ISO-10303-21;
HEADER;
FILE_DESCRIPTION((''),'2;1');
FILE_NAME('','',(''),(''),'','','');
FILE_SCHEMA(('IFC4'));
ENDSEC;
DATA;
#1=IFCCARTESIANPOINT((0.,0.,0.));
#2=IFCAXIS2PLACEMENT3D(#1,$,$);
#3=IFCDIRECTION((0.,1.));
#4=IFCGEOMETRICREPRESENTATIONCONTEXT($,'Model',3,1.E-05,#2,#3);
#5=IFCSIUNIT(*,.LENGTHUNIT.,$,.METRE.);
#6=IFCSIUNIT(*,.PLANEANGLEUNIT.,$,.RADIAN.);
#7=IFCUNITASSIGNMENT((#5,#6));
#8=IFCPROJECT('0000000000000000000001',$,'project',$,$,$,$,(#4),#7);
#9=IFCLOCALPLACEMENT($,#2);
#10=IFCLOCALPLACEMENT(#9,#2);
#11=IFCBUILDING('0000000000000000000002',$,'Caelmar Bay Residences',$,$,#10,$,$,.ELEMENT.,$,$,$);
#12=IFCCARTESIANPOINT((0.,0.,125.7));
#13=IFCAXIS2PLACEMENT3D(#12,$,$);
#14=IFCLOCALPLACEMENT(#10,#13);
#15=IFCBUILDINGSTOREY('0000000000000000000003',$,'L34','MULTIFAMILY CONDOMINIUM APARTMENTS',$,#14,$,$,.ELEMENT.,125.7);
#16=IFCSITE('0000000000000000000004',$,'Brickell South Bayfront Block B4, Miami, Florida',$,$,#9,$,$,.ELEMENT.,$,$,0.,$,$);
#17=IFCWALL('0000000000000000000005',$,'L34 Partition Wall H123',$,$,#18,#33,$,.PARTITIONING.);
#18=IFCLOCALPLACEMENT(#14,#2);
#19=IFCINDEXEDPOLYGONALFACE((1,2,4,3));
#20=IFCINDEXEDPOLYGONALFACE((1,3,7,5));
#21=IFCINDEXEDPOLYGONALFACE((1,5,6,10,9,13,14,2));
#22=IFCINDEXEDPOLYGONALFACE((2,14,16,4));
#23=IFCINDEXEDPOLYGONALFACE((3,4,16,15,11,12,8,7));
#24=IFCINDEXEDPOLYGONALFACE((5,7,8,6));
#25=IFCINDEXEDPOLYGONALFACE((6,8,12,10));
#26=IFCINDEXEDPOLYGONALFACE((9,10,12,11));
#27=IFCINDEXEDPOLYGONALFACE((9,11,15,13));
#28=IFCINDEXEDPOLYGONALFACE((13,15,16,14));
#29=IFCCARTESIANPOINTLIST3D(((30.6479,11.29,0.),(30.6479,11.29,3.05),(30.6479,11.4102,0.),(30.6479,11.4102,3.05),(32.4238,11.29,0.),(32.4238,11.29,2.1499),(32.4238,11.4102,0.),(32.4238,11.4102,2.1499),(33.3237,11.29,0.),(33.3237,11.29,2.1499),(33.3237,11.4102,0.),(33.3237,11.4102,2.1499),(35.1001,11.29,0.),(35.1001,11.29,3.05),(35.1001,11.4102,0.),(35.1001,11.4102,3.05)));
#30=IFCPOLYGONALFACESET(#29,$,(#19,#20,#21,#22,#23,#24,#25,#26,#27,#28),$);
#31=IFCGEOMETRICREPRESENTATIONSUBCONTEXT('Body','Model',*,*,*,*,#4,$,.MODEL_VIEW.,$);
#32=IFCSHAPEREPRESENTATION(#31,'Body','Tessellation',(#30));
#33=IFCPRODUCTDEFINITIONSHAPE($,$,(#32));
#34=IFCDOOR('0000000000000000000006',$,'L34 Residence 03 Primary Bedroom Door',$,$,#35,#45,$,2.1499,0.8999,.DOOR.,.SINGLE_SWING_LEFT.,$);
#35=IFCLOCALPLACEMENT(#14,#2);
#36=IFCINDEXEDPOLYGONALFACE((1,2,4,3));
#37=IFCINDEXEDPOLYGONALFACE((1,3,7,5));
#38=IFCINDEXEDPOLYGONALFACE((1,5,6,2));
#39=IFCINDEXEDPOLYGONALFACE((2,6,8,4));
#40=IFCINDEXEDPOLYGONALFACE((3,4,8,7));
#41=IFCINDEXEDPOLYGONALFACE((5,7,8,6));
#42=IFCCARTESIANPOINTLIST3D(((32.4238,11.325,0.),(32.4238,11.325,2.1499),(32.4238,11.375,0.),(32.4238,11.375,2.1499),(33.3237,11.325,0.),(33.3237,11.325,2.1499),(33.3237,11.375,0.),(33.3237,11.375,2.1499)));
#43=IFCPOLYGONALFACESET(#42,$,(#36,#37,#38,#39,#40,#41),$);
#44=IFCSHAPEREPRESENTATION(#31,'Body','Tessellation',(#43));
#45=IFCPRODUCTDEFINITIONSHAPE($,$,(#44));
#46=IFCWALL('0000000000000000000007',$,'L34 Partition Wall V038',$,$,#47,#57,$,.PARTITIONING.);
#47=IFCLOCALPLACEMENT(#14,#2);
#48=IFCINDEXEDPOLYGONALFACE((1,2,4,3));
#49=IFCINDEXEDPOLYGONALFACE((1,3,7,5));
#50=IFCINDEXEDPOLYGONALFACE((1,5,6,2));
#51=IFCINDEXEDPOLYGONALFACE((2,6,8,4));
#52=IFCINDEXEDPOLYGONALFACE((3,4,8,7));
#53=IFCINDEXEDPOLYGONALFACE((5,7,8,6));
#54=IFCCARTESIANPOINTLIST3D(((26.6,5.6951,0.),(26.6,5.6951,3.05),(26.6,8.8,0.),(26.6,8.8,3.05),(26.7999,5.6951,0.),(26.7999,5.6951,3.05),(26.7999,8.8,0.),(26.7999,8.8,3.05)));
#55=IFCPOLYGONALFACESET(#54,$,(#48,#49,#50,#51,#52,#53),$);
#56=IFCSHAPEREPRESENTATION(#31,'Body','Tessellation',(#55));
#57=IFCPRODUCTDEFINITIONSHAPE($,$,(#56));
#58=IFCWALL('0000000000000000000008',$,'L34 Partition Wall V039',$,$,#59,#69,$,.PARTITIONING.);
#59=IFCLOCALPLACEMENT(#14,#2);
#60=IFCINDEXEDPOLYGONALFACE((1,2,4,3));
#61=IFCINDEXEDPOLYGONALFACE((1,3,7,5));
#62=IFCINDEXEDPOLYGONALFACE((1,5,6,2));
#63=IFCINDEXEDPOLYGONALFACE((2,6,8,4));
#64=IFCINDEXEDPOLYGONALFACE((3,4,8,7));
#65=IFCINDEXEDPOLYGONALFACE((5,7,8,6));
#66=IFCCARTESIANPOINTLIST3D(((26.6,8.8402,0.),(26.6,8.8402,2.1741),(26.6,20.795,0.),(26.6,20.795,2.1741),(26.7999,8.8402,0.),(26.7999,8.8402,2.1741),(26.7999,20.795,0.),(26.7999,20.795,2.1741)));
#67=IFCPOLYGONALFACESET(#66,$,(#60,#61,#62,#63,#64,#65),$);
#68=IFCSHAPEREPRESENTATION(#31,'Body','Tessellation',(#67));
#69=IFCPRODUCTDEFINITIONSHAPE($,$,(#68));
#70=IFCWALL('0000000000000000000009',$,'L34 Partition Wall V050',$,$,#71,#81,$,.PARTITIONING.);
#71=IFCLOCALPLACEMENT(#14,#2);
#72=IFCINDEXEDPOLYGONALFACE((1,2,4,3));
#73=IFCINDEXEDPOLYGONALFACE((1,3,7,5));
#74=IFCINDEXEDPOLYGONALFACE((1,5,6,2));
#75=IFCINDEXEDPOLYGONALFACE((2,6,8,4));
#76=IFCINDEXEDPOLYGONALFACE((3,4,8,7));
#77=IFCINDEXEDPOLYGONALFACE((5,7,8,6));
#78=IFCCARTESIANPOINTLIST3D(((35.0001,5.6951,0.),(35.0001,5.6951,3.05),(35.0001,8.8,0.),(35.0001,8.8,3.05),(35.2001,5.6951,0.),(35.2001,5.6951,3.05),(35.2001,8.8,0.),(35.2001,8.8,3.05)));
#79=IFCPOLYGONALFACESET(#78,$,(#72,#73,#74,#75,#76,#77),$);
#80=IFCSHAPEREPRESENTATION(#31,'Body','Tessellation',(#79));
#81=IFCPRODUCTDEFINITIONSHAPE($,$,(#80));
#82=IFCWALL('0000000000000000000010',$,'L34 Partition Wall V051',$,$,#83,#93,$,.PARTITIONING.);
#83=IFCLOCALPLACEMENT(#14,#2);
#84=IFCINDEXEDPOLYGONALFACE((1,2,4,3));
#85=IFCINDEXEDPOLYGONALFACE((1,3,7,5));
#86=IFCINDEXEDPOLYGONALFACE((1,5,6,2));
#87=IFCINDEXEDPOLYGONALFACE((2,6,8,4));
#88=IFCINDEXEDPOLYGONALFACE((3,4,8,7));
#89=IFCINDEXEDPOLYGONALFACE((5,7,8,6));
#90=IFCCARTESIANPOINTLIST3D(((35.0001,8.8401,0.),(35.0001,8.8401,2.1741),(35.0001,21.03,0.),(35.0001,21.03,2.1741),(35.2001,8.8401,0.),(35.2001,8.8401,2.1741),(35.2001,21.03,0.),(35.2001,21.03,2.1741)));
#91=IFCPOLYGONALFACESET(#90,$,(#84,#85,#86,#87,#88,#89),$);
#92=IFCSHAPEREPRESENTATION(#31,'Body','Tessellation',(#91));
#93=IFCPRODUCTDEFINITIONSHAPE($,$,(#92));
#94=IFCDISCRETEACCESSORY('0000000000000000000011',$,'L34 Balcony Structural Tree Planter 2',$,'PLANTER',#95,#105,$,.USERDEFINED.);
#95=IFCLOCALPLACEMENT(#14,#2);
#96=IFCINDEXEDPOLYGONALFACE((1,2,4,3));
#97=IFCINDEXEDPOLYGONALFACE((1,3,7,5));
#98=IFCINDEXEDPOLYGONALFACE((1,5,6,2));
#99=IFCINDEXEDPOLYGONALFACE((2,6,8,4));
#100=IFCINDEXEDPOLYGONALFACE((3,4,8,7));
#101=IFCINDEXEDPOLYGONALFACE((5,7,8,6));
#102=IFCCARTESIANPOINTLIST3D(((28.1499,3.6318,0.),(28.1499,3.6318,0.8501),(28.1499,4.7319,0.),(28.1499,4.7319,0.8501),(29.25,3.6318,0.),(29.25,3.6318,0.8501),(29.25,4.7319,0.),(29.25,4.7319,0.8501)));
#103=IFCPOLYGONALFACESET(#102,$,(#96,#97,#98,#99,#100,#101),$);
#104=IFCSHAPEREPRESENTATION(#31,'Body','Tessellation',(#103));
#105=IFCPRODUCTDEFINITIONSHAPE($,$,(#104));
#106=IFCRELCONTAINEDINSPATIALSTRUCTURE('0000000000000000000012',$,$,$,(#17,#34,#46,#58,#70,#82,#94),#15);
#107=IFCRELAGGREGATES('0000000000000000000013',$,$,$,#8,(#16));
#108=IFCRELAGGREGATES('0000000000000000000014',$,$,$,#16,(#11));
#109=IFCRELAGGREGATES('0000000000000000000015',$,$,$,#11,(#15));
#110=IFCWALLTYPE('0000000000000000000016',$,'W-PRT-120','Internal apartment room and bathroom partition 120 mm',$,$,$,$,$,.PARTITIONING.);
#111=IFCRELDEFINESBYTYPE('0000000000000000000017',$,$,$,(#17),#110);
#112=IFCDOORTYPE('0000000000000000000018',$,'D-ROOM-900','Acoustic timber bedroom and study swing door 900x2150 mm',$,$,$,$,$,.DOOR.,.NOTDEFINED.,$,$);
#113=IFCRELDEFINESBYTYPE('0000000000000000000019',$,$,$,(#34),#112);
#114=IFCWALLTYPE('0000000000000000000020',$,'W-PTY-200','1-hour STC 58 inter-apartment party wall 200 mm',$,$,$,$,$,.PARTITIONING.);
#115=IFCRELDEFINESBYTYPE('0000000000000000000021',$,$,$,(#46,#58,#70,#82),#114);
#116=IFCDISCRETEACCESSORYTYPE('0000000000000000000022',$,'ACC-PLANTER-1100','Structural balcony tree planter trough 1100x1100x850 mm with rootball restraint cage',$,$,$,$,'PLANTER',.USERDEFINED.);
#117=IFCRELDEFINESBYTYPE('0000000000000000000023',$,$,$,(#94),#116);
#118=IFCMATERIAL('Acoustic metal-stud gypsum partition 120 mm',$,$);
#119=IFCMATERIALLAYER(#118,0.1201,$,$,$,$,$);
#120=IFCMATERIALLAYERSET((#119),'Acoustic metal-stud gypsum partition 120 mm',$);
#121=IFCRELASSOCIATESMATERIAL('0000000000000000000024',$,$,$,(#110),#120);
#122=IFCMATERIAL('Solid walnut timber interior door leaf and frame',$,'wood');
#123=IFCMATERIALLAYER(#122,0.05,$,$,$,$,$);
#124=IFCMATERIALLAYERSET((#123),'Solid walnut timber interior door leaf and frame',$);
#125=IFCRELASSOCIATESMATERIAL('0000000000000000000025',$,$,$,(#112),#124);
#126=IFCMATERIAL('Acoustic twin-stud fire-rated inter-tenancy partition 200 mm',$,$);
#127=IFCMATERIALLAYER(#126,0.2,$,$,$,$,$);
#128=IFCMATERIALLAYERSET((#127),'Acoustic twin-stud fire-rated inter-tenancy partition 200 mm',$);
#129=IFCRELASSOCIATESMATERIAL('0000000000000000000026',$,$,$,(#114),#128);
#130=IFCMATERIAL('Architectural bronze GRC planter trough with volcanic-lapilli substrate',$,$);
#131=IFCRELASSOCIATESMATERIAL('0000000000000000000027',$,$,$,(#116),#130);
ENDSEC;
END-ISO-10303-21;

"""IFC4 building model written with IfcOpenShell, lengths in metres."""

from ifc_helpers import new_model, si_unit, direction, frame, frame_2d, origin, origin_2d, place, context, subcontext, project, spatial, rectangle, extrude, material, layer, layer_set, type_object, element, fill, save


model = new_model("IFC4")

# Units and contexts
model_context = context("Model", 3, precision=1e-05, world=origin(), true_north=direction((0.0, 1.0)))
body_context = subcontext(model_context, "Body", "Model", "MODEL_VIEW")
ifc_project = project(units=[si_unit("LENGTHUNIT", "METRE"), si_unit("PLANEANGLEUNIT", "RADIAN")], contexts=[model_context])

# Site, building, storey
site_placement = place(None, origin())
site = spatial("IfcSite", under=ifc_project, at=site_placement, Name="Brickell South Bayfront Block B4, Miami, Florida", CompositionType="ELEMENT", RefElevation=0.0)
building_placement = place(site_placement, origin())
building = spatial("IfcBuilding", under=site, at=building_placement, Name="Caelmar Bay Residences", CompositionType="ELEMENT")
storey_placement = place(building_placement, frame((0.0, 0.0, 125.7)))
storey = spatial("IfcBuildingStorey", under=building, at=storey_placement, Name="L34", Description="MULTIFAMILY CONDOMINIUM APARTMENTS", CompositionType="ELEMENT", Elevation=125.7)

# Shared definitions
ifc_material_1 = material(Name="Acoustic metal-stud gypsum partition 120 mm")
ifc_layer_1 = layer(ifc_material_1, 0.1201)
ifc_layer_set_1 = layer_set([ifc_layer_1], Name="Acoustic metal-stud gypsum partition 120 mm")
wall_type_1 = type_object("IfcWallType", Name="W-PRT-120", Description="Internal apartment room and bathroom partition 120 mm", PredefinedType="PARTITIONING", material=ifc_layer_set_1)

# Wall, opening, door
ifc_material_2 = material(Name="Solid walnut timber interior door leaf and frame", Category="wood")
ifc_layer_2 = layer(ifc_material_2, 0.05)
ifc_layer_set_2 = layer_set([ifc_layer_2], Name="Solid walnut timber interior door leaf and frame")
door_type = type_object("IfcDoorType", Name="D-ROOM-900", Description="Acoustic timber bedroom and study swing door 900x2150 mm", OperationType="NOTDEFINED", PredefinedType="DOOR", material=ifc_layer_set_2)
wall_1_placement = place(storey_placement, frame((30.6479, 11.3501, 0.0), z_axis=(0.0, 0.0, 1.0), x_axis=(1.0, 0.0, 0.0)))
wall_1 = element("IfcWall", 1, at=wall_1_placement, inside=storey, type_object=wall_type_1, Name="L34 Partition Wall H123", PredefinedType="PARTITIONING", context=body_context, shape_type="SweptSolid", body=[
    extrude(rectangle(XDim=4.4521, YDim=0.1201, at=frame_2d((2.2261, 0.0))), origin(), (0.0, 0.0, 1.0), 3.05),
])
opening_1_placement = place(wall_1_placement, frame((1.7759, 0.0, 0.0)))
opening_1 = element("IfcOpeningElement", 2, at=opening_1_placement, cuts=wall_1, PredefinedType="OPENING", context=body_context, shape_type="SweptSolid", body=[
    extrude(rectangle(XDim=0.8999, YDim=2.1499, at=frame_2d((0.45, 1.075))), frame((0.0, 0.0701, 0.0), z_axis=(0.0, -1.0, 0.0), x_axis=(1.0, 0.0, 0.0)), (0.0, 0.0, 1.0), 0.1401),
])
door_1_placement = place(opening_1_placement, origin())
door_1 = element("IfcDoor", 3, at=door_1_placement, inside=storey, type_object=door_type, Name="L34 Residence 03 Primary Bedroom Door", OperationType="SINGLE_SWING_LEFT", OverallHeight=2.1499, OverallWidth=0.8999, PredefinedType="DOOR", context=body_context, shape_type="SweptSolid", body=[
    extrude(rectangle(XDim=0.8999, YDim=2.1499, at=frame_2d((0.45, 1.075))), frame((0.0, 0.0249, 0.0), z_axis=(0.0, -1.0, 0.0), x_axis=(1.0, 0.0, 0.0)), (0.0, 0.0, 1.0), 0.05),
])
fill(opening_1, door_1)

# Walls
ifc_material_3 = material(Name="Acoustic twin-stud fire-rated inter-tenancy partition 200 mm")
ifc_layer_3 = layer(ifc_material_3, 0.2)
ifc_layer_set_3 = layer_set([ifc_layer_3], Name="Acoustic twin-stud fire-rated inter-tenancy partition 200 mm")
wall_type_2 = type_object("IfcWallType", Name="W-PTY-200", Description="1-hour STC 58 inter-apartment party wall 200 mm", PredefinedType="PARTITIONING", material=ifc_layer_set_3)
wall_2_placement = place(storey_placement, frame((26.7, 5.6951, 0.0), z_axis=(0.0, 0.0, 1.0), x_axis=(0.0, 1.0, 0.0)))
element("IfcWall", 4, at=wall_2_placement, inside=storey, type_object=wall_type_2, Name="L34 Partition Wall V038", PredefinedType="PARTITIONING", context=body_context, shape_type="SweptSolid", body=[
    extrude(rectangle(XDim=3.105, YDim=0.2, at=frame_2d((1.5525, 0.0))), origin(), (0.0, 0.0, 1.0), 3.05),
])
wall_3_placement = place(storey_placement, frame((26.7, 8.8401, 0.0), z_axis=(0.0, 0.0, 1.0), x_axis=(0.0, 1.0, 0.0)))
element("IfcWall", 5, at=wall_3_placement, inside=storey, type_object=wall_type_2, Name="L34 Partition Wall V039", PredefinedType="PARTITIONING", context=body_context, shape_type="SweptSolid", body=[
    extrude(rectangle(XDim=11.9548, YDim=0.2, at=frame_2d((5.9775, 0.0))), origin(), (0.0, 0.0, 1.0), 2.1741),
])
wall_4_placement = place(storey_placement, frame((35.1001, 5.6951, 0.0), z_axis=(0.0, 0.0, 1.0), x_axis=(0.0, 1.0, 0.0)))
element("IfcWall", 6, at=wall_4_placement, inside=storey, type_object=wall_type_2, Name="L34 Partition Wall V050", PredefinedType="PARTITIONING", context=body_context, shape_type="SweptSolid", body=[
    extrude(rectangle(XDim=3.105, YDim=0.2, at=frame_2d((1.5525, 0.0))), origin(), (0.0, 0.0, 1.0), 3.05),
])
wall_5_placement = place(storey_placement, frame((35.1001, 8.8401, 0.0), z_axis=(0.0, 0.0, 1.0), x_axis=(0.0, 1.0, 0.0)))
element("IfcWall", 7, at=wall_5_placement, inside=storey, type_object=wall_type_2, Name="L34 Partition Wall V051", PredefinedType="PARTITIONING", context=body_context, shape_type="SweptSolid", body=[
    extrude(rectangle(XDim=12.1899, YDim=0.2, at=frame_2d((6.095, 0.0))), origin(), (0.0, 0.0, 1.0), 2.1741),
])

# Discrete accessory
ifc_material_4 = material(Name="Architectural bronze GRC planter trough with volcanic-lapilli substrate")
discrete_accessory_type = type_object("IfcDiscreteAccessoryType", Name="ACC-PLANTER-1100", Description="Structural balcony tree planter trough 1100x1100x850 mm with rootball restraint cage", ElementType="PLANTER", PredefinedType="USERDEFINED", material=ifc_material_4)
discrete_accessory_placement = place(storey_placement, frame((28.7, 4.1819, 0.0), z_axis=(0.0, 0.0, 1.0), x_axis=(1.0, 0.0, 0.0)))
element("IfcDiscreteAccessory", 8, at=discrete_accessory_placement, inside=storey, type_object=discrete_accessory_type, Name="L34 Balcony Structural Tree Planter 2", ObjectType="PLANTER", PredefinedType="USERDEFINED", context=body_context, shape_type="SweptSolid", body=[
    extrude(rectangle(XDim=1.1001, YDim=1.1001, at=origin_2d()), origin(), (0.0, 0.0, 1.0), 0.8501),
])

save(model, "model.ifc")
